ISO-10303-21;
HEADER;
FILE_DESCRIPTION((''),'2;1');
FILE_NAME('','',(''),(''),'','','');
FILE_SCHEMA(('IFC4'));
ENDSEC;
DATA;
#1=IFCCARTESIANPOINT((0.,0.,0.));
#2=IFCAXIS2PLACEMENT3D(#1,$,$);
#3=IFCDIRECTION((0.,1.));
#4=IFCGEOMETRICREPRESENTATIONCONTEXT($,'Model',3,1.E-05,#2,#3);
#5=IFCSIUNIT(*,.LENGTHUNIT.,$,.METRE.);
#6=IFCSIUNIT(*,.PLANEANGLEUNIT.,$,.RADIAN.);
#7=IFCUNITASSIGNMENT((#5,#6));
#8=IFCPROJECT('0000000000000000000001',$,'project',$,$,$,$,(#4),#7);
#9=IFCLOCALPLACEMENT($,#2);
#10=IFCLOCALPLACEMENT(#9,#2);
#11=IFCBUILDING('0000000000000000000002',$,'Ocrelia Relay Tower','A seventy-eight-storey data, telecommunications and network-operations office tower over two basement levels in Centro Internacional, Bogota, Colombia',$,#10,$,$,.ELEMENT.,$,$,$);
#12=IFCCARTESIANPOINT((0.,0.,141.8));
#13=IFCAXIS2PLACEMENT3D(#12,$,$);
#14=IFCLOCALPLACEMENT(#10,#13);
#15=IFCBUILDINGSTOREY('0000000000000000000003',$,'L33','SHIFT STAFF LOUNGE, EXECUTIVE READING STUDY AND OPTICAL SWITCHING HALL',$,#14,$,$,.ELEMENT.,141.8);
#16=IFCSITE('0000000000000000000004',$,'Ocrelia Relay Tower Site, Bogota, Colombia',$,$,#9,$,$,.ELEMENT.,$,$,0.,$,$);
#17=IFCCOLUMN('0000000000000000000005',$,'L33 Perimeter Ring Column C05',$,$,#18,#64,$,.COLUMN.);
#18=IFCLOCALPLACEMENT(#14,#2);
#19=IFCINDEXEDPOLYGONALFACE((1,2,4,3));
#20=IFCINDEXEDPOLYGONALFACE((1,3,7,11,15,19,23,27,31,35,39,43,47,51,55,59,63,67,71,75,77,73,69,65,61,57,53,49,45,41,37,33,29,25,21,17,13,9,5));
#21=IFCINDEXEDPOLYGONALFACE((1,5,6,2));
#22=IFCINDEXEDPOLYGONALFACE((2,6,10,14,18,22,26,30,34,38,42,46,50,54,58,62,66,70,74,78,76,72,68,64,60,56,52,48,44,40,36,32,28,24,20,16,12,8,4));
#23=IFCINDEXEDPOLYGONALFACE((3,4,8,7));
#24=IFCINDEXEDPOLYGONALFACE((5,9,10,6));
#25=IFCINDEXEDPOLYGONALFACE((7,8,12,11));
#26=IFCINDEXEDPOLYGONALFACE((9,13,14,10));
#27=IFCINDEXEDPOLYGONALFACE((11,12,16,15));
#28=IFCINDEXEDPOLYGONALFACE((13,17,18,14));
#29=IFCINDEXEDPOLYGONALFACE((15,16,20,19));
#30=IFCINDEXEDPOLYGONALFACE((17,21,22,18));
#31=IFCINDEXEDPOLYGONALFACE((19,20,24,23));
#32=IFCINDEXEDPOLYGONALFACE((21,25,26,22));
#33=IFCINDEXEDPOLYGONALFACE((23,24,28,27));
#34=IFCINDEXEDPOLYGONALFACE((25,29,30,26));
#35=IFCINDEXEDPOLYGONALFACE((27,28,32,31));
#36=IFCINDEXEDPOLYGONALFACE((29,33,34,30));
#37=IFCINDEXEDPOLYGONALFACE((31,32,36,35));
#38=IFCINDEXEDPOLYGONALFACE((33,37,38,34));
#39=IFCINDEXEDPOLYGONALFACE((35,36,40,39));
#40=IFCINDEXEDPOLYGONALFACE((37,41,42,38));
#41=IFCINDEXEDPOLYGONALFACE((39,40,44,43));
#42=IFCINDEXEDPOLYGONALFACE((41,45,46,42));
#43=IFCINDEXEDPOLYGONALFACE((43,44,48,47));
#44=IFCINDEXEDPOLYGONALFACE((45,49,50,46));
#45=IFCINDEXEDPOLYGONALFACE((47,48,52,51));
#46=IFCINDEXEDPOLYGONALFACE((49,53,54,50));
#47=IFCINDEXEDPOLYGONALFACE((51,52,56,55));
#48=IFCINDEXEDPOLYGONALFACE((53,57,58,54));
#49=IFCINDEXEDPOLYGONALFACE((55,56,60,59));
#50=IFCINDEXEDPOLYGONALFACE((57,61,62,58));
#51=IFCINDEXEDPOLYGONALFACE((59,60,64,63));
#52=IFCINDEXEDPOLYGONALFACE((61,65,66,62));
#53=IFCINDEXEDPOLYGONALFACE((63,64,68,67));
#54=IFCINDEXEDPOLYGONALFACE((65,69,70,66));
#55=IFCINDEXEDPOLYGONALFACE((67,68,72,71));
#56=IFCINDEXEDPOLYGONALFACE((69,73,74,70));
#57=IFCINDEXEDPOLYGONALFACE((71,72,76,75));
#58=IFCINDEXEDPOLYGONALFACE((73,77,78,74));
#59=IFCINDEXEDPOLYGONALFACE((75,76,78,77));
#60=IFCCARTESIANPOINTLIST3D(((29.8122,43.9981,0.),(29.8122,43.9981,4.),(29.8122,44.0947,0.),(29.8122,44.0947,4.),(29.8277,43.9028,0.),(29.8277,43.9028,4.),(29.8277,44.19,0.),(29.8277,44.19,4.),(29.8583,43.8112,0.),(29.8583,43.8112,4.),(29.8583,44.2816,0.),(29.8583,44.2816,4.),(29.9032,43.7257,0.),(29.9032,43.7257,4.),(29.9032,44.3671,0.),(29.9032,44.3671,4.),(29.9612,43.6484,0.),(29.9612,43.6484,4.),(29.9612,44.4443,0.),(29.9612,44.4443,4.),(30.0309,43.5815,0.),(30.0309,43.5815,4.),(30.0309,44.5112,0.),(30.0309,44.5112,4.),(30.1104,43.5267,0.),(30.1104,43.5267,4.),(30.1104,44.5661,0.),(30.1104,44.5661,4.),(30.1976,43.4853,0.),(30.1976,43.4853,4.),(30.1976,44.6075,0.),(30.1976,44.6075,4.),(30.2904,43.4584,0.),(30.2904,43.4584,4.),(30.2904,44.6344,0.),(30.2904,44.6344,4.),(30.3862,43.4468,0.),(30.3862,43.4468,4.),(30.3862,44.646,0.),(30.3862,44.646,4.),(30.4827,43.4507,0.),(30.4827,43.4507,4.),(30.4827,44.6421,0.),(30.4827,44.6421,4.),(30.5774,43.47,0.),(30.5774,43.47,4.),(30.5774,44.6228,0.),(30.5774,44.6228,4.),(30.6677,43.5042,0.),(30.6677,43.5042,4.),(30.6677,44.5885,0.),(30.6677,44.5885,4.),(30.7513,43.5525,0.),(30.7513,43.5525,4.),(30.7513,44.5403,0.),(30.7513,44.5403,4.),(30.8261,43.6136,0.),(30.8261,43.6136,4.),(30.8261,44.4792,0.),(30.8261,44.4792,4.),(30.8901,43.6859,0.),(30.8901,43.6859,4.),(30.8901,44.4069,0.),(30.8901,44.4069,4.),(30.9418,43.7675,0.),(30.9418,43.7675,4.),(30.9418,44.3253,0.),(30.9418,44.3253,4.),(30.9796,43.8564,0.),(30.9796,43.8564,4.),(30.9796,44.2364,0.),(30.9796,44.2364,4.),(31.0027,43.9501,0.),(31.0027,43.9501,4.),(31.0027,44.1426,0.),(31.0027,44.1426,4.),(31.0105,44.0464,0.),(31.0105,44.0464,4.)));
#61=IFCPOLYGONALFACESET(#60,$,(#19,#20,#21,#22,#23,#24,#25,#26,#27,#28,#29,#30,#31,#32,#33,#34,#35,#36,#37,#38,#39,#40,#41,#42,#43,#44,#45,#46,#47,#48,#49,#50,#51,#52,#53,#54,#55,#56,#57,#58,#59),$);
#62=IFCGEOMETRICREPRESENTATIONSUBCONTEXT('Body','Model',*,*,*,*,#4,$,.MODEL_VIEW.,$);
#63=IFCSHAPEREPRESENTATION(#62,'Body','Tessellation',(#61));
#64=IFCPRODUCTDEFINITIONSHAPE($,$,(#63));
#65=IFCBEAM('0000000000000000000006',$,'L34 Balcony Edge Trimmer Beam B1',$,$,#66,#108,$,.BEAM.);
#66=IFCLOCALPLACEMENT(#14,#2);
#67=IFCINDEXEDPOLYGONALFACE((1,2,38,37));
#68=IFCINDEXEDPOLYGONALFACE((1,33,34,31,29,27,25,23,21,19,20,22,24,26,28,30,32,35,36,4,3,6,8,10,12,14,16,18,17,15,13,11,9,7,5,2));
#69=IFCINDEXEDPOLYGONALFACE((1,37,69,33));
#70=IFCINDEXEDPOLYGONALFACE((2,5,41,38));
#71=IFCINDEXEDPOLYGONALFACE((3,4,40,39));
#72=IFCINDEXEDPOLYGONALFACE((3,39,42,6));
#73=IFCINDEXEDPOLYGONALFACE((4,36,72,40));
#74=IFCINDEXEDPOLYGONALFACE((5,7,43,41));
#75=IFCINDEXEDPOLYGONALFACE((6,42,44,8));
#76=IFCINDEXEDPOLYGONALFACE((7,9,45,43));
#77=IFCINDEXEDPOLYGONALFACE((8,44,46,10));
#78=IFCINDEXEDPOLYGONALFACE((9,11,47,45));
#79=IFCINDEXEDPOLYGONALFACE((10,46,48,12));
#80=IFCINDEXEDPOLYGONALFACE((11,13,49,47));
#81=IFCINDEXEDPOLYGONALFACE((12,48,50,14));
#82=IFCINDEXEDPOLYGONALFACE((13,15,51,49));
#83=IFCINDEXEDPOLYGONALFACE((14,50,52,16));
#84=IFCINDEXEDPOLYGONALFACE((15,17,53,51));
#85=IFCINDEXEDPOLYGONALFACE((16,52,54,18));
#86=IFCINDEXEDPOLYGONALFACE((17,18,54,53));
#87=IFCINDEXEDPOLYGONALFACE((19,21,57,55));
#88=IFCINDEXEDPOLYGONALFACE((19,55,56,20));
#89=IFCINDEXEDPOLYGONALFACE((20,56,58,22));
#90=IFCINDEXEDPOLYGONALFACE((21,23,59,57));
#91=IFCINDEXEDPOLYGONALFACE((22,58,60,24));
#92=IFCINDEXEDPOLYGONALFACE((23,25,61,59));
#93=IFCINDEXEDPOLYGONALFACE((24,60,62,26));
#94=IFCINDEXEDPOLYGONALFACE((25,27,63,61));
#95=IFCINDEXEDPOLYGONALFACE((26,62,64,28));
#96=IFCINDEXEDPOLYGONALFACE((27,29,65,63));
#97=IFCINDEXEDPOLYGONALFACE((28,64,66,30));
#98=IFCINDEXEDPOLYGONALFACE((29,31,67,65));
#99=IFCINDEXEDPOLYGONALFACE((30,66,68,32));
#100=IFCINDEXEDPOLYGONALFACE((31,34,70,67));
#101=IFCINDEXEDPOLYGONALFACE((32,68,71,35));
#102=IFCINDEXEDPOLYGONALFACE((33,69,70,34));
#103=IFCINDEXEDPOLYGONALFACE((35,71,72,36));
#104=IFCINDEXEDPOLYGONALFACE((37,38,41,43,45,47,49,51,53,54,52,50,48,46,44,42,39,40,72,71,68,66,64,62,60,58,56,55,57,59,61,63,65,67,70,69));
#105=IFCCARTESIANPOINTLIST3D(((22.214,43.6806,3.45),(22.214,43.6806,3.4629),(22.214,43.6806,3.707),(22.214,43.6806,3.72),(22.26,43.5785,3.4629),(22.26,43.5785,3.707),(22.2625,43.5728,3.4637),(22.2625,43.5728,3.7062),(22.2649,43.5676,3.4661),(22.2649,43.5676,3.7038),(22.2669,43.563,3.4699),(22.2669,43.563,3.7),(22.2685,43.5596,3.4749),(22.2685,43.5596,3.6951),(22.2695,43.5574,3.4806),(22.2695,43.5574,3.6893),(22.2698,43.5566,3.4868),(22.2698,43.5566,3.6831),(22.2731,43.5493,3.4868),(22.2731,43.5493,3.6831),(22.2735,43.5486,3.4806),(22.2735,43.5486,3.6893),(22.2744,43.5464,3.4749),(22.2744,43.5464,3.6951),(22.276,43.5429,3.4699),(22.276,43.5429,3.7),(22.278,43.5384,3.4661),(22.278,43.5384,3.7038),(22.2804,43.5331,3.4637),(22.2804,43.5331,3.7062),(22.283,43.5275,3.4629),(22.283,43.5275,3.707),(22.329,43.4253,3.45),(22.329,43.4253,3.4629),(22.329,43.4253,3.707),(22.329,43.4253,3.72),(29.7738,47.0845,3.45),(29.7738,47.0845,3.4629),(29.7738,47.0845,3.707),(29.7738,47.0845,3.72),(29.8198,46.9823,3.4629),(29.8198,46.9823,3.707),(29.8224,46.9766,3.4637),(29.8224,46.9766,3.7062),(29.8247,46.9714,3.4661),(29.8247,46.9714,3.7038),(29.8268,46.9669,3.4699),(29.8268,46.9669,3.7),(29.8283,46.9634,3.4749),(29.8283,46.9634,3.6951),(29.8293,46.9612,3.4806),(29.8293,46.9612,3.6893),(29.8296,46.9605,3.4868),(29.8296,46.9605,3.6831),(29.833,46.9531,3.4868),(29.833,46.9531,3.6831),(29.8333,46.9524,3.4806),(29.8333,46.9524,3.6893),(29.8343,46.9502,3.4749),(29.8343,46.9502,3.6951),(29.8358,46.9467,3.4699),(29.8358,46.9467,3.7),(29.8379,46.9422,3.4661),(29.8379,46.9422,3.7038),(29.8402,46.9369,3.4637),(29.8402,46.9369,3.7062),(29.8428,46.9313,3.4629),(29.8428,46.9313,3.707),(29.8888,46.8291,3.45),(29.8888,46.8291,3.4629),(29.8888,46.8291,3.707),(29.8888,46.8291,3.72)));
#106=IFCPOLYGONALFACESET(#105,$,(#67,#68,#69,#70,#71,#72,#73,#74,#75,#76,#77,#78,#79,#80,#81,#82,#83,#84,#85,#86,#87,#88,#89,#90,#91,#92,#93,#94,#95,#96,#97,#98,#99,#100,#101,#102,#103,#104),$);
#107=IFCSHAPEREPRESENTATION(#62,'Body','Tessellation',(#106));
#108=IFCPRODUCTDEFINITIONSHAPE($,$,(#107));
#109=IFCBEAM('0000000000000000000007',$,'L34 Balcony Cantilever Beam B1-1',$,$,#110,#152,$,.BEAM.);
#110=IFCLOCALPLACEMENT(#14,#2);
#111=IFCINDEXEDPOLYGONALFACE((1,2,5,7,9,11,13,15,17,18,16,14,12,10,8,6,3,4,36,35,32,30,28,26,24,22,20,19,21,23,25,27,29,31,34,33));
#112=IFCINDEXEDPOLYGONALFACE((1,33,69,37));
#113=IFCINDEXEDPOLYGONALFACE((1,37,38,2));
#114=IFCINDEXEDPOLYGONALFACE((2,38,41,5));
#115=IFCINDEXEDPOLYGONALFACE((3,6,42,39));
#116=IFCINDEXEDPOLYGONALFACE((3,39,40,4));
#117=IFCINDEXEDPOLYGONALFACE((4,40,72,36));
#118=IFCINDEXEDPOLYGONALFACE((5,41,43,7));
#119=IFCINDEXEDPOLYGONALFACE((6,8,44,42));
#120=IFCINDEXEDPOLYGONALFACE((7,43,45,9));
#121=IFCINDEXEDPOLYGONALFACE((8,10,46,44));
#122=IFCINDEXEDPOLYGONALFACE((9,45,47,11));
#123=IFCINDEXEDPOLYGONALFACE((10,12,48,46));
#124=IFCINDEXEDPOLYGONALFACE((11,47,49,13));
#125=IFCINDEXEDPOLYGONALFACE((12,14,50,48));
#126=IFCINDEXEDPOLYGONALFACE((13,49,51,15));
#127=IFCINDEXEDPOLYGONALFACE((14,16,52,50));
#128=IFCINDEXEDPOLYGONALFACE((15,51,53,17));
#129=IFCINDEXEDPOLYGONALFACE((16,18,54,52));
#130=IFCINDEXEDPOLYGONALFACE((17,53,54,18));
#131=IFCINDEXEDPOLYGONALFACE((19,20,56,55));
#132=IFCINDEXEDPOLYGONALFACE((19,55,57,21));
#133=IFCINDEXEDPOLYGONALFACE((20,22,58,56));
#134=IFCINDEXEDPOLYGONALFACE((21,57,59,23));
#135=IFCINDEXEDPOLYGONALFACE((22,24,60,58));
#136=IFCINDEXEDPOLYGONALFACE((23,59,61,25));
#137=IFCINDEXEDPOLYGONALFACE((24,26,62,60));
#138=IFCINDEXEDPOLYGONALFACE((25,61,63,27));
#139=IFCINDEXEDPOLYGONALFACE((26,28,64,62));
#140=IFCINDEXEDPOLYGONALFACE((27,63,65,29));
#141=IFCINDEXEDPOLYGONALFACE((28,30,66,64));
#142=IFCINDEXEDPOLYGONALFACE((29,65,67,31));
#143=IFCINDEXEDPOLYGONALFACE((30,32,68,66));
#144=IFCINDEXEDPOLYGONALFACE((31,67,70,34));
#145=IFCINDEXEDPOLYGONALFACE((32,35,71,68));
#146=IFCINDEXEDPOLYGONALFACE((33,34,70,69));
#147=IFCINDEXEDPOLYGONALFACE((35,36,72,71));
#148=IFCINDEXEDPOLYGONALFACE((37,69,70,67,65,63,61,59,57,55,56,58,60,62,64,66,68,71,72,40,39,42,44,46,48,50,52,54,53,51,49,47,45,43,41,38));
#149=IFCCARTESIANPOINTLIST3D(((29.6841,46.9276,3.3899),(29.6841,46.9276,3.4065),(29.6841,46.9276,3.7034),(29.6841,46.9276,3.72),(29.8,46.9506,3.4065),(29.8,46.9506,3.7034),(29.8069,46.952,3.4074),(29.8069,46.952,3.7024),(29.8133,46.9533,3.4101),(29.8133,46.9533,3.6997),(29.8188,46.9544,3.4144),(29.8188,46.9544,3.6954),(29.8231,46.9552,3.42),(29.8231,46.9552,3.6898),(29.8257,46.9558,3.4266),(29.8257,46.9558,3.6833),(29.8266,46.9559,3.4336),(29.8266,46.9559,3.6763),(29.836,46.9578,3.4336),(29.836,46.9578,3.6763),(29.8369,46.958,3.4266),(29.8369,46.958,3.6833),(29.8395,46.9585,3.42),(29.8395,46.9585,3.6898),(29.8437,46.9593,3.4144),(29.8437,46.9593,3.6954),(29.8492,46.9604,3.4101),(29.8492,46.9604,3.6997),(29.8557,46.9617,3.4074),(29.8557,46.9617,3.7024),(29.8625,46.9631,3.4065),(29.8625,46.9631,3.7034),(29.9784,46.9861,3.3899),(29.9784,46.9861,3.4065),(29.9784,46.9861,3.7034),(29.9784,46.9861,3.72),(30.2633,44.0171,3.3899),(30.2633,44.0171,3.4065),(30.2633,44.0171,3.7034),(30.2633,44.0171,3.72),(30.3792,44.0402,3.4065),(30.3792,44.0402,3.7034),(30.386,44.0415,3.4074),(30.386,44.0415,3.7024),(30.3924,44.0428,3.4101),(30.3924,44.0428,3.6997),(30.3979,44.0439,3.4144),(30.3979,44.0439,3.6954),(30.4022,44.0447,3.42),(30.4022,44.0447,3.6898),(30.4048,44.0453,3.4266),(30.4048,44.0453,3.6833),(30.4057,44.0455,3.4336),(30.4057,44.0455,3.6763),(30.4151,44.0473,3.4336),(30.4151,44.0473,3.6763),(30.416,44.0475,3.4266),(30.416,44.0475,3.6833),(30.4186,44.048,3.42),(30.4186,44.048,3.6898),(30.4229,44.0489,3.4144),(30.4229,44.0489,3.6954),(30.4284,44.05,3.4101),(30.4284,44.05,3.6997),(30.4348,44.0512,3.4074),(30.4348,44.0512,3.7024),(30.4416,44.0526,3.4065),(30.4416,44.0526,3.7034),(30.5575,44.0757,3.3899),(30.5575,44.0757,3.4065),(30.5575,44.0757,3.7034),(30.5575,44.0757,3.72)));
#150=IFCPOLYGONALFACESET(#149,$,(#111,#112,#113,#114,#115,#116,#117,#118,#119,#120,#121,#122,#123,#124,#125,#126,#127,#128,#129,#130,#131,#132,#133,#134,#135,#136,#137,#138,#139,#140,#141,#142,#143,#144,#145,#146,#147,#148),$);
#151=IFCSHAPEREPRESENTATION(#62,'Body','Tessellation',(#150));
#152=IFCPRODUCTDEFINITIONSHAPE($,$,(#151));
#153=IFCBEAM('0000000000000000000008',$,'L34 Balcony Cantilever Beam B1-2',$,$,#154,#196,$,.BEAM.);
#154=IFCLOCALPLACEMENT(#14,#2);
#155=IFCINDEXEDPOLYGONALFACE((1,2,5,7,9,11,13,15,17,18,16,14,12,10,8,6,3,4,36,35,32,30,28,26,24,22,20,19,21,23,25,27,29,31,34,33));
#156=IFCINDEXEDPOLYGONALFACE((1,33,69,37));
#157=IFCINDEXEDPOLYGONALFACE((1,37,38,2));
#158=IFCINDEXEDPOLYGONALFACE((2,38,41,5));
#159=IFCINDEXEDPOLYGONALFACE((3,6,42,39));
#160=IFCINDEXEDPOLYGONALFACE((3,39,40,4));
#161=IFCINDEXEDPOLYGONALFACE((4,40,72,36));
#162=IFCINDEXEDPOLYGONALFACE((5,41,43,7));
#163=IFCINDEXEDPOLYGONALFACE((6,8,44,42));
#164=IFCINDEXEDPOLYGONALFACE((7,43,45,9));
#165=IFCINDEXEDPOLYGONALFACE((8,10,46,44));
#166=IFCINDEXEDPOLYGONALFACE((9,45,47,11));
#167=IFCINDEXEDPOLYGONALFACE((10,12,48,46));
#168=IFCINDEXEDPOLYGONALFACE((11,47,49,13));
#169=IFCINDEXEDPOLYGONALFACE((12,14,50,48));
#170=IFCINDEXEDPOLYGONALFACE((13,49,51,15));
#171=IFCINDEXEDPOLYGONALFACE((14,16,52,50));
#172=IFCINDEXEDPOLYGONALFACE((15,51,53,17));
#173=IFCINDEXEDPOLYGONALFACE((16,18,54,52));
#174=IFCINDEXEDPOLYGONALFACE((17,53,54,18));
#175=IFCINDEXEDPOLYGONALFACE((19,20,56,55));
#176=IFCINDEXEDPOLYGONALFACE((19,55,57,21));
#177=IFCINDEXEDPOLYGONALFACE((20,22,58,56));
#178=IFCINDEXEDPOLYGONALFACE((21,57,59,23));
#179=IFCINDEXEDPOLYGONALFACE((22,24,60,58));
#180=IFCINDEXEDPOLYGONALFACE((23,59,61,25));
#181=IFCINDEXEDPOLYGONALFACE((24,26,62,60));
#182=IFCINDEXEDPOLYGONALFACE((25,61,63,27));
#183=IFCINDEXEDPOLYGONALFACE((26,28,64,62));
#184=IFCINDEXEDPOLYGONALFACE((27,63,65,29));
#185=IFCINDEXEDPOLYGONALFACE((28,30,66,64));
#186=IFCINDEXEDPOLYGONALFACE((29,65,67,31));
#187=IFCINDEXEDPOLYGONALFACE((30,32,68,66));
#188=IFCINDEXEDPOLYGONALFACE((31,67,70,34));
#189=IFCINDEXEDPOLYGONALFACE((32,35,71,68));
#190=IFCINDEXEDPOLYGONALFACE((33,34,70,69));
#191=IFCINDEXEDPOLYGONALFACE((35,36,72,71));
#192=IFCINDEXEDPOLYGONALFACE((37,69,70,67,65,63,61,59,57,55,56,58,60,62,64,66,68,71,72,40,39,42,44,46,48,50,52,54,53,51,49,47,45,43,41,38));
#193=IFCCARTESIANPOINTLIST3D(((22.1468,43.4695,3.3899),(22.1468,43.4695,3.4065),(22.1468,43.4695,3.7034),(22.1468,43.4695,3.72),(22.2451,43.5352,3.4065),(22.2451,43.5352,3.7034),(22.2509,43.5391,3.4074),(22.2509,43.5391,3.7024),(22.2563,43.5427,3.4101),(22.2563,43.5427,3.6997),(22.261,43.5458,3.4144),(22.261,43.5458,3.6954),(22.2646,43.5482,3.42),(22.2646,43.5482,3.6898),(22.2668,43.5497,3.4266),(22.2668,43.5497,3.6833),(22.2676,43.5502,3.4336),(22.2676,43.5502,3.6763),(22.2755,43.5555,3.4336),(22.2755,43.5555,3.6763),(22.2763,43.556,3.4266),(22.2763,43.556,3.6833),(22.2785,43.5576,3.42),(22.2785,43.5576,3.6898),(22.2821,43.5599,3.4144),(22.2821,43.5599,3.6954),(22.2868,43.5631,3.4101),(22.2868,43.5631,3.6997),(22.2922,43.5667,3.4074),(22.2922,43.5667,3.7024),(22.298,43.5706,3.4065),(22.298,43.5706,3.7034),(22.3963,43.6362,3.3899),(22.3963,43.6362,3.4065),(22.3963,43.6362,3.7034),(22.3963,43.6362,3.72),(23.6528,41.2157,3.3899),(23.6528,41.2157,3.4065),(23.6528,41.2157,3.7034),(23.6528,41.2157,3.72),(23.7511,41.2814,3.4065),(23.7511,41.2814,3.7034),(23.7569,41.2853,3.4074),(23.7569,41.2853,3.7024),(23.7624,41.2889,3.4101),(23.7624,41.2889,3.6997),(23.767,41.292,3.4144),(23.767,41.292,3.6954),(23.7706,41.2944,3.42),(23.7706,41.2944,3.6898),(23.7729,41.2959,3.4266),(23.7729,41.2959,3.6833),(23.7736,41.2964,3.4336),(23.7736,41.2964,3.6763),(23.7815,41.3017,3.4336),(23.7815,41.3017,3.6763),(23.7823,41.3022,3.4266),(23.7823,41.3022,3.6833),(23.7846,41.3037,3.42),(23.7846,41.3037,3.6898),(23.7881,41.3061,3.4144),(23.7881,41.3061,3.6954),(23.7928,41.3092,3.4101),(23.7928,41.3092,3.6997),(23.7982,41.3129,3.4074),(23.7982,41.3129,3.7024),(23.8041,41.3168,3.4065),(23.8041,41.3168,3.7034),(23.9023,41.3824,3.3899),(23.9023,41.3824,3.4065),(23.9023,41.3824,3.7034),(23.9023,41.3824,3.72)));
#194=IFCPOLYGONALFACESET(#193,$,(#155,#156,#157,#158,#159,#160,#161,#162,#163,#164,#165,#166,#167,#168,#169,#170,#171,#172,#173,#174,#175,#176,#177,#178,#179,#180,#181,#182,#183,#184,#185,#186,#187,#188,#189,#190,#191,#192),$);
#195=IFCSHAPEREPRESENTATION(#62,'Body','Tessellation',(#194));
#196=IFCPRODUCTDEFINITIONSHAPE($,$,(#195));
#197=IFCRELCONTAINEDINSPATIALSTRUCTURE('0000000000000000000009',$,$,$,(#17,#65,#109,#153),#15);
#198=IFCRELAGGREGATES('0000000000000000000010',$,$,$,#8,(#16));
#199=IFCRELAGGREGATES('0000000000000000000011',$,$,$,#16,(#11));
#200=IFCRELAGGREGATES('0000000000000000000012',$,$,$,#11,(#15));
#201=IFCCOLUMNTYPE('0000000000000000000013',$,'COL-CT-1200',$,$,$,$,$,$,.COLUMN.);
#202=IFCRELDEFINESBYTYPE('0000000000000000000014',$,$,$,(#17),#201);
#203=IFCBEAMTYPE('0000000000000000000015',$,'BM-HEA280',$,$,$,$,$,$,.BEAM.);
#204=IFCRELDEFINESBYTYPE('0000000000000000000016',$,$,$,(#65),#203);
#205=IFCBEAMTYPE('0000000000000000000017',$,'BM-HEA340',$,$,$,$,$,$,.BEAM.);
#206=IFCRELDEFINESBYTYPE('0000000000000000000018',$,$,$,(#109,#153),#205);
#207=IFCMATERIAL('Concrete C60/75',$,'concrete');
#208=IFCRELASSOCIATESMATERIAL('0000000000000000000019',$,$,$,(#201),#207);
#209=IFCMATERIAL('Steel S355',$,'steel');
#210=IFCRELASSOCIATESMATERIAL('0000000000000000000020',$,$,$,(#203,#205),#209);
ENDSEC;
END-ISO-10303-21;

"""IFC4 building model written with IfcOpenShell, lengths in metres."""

from ifc_helpers import new_model, si_unit, direction, frame, origin, origin_2d, place, context, subcontext, project, spatial, circle, i_section, extrude, material, material_profile, profile_set, type_object, element, save


model = new_model("IFC4")

# Units and contexts
model_context = context("Model", 3, precision=1e-05, world=origin(), true_north=direction((0.0, 1.0)))
body_context = subcontext(model_context, "Body", "Model", "MODEL_VIEW")
ifc_project = project(units=[si_unit("LENGTHUNIT", "METRE"), si_unit("PLANEANGLEUNIT", "RADIAN")], contexts=[model_context])

# Site, building, storey
site_placement = place(None, origin())
site = spatial("IfcSite", under=ifc_project, at=site_placement, Name="Ocrelia Relay Tower Site, Bogota, Colombia", CompositionType="ELEMENT", RefElevation=0.0)
building_placement = place(site_placement, origin())
building = spatial("IfcBuilding", under=site, at=building_placement, Name="Ocrelia Relay Tower", Description="A seventy-eight-storey data, telecommunications and network-operations office tower over two basement levels in Centro Internacional, Bogota, Colombia", CompositionType="ELEMENT")
storey_placement = place(building_placement, frame((0.0, 0.0, 141.8)))
storey = spatial("IfcBuildingStorey", under=building, at=storey_placement, Name="L33", Description="SHIFT STAFF LOUNGE, EXECUTIVE READING STUDY AND OPTICAL SWITCHING HALL", CompositionType="ELEMENT", Elevation=141.8)

# Column
ifc_material_1 = material(Name="Concrete C60/75", Category="concrete")
ifc_material_profile_1 = material_profile(ifc_material_1, circle(Radius=0.6001, at=origin_2d()), Name="RC-CIR-1200")
ifc_profile_set_1 = profile_set([ifc_material_profile_1], Name="Concrete C60/75")
column_type = type_object("IfcColumnType", Name="COL-CT-1200", PredefinedType="COLUMN", material=ifc_profile_set_1)
column_placement = place(storey_placement, frame((30.4104, 44.0464, 0.0), z_axis=(0.0, 0.0, 1.0), x_axis=(1.0, 0.0, 0.0)))
element("IfcColumn", 1, at=column_placement, inside=storey, type_object=column_type, Name="L33 Perimeter Ring Column C05", PredefinedType="COLUMN", context=body_context, shape_type="SweptSolid", body=[
    extrude(circle(Radius=0.6001, at=origin_2d()), origin(), (0.0, 0.0, 1.0), 4.0),
])

# Beams
ifc_material_2 = material(Name="Steel S355", Category="steel")
ifc_material_profile_2 = material_profile(ifc_material_2, i_section(OverallWidth=0.28, OverallDepth=0.27, WebThickness=0.0081, FlangeThickness=0.0129, FilletRadius=0.0239, at=origin_2d()), Name="HEA 280")
ifc_profile_set_2 = profile_set([ifc_material_profile_2], Name="Steel S355")
beam_type_1 = type_object("IfcBeamType", Name="BM-HEA280", PredefinedType="BEAM", material=ifc_profile_set_2)
beam_1_placement = place(storey_placement, frame((29.8313, 46.9568, 3.585), z_axis=(-0.911836, -0.410554, 0.0), x_axis=(0.410554, -0.911836, 0.0)))
element("IfcBeam", 2, at=beam_1_placement, inside=storey, type_object=beam_type_1, Name="L34 Balcony Edge Trimmer Beam B1", PredefinedType="BEAM", context=body_context, shape_type="SweptSolid", body=[
    extrude(i_section(OverallWidth=0.28, OverallDepth=0.27, WebThickness=0.0081, FlangeThickness=0.0129, FilletRadius=0.0239, at=origin_2d()), origin(), (0.0, 0.0, 1.0), 8.2908),
])
ifc_material_profile_3 = material_profile(ifc_material_2, i_section(OverallWidth=0.3, OverallDepth=0.3301, WebThickness=0.0095, FlangeThickness=0.0166, FilletRadius=0.0271, at=origin_2d()), Name="HEA 340")
ifc_profile_set_3 = profile_set([ifc_material_profile_3], Name="Steel S355")
beam_type_2 = type_object("IfcBeamType", Name="BM-HEA340", PredefinedType="BEAM", material=ifc_profile_set_3)
beam_2_placement = place(storey_placement, frame((30.4104, 44.0464, 3.5549), z_axis=(-0.195151, 0.980773, 0.0), x_axis=(-0.980773, -0.195151, 0.0)))
element("IfcBeam", 3, at=beam_2_placement, inside=storey, type_object=beam_type_2, Name="L34 Balcony Cantilever Beam B1-1", PredefinedType="BEAM", context=body_context, shape_type="SweptSolid", body=[
    extrude(i_section(OverallWidth=0.3, OverallDepth=0.3301, WebThickness=0.0095, FlangeThickness=0.0166, FilletRadius=0.0271, at=origin_2d()), origin(), (0.0, 0.0, 1.0), 2.9675),
])
beam_3_placement = place(storey_placement, frame((23.7776, 41.2991, 3.5549), z_axis=(-0.555594, 0.831454, 0.0), x_axis=(-0.831454, -0.555594, 0.0)))
element("IfcBeam", 4, at=beam_3_placement, inside=storey, type_object=beam_type_2, Name="L34 Balcony Cantilever Beam B1-2", PredefinedType="BEAM", context=body_context, shape_type="SweptSolid", body=[
    extrude(i_section(OverallWidth=0.3, OverallDepth=0.3301, WebThickness=0.0095, FlangeThickness=0.0166, FilletRadius=0.0271, at=origin_2d()), origin(), (0.0, 0.0, 1.0), 2.7107),
])

save(model, "model.ifc")
